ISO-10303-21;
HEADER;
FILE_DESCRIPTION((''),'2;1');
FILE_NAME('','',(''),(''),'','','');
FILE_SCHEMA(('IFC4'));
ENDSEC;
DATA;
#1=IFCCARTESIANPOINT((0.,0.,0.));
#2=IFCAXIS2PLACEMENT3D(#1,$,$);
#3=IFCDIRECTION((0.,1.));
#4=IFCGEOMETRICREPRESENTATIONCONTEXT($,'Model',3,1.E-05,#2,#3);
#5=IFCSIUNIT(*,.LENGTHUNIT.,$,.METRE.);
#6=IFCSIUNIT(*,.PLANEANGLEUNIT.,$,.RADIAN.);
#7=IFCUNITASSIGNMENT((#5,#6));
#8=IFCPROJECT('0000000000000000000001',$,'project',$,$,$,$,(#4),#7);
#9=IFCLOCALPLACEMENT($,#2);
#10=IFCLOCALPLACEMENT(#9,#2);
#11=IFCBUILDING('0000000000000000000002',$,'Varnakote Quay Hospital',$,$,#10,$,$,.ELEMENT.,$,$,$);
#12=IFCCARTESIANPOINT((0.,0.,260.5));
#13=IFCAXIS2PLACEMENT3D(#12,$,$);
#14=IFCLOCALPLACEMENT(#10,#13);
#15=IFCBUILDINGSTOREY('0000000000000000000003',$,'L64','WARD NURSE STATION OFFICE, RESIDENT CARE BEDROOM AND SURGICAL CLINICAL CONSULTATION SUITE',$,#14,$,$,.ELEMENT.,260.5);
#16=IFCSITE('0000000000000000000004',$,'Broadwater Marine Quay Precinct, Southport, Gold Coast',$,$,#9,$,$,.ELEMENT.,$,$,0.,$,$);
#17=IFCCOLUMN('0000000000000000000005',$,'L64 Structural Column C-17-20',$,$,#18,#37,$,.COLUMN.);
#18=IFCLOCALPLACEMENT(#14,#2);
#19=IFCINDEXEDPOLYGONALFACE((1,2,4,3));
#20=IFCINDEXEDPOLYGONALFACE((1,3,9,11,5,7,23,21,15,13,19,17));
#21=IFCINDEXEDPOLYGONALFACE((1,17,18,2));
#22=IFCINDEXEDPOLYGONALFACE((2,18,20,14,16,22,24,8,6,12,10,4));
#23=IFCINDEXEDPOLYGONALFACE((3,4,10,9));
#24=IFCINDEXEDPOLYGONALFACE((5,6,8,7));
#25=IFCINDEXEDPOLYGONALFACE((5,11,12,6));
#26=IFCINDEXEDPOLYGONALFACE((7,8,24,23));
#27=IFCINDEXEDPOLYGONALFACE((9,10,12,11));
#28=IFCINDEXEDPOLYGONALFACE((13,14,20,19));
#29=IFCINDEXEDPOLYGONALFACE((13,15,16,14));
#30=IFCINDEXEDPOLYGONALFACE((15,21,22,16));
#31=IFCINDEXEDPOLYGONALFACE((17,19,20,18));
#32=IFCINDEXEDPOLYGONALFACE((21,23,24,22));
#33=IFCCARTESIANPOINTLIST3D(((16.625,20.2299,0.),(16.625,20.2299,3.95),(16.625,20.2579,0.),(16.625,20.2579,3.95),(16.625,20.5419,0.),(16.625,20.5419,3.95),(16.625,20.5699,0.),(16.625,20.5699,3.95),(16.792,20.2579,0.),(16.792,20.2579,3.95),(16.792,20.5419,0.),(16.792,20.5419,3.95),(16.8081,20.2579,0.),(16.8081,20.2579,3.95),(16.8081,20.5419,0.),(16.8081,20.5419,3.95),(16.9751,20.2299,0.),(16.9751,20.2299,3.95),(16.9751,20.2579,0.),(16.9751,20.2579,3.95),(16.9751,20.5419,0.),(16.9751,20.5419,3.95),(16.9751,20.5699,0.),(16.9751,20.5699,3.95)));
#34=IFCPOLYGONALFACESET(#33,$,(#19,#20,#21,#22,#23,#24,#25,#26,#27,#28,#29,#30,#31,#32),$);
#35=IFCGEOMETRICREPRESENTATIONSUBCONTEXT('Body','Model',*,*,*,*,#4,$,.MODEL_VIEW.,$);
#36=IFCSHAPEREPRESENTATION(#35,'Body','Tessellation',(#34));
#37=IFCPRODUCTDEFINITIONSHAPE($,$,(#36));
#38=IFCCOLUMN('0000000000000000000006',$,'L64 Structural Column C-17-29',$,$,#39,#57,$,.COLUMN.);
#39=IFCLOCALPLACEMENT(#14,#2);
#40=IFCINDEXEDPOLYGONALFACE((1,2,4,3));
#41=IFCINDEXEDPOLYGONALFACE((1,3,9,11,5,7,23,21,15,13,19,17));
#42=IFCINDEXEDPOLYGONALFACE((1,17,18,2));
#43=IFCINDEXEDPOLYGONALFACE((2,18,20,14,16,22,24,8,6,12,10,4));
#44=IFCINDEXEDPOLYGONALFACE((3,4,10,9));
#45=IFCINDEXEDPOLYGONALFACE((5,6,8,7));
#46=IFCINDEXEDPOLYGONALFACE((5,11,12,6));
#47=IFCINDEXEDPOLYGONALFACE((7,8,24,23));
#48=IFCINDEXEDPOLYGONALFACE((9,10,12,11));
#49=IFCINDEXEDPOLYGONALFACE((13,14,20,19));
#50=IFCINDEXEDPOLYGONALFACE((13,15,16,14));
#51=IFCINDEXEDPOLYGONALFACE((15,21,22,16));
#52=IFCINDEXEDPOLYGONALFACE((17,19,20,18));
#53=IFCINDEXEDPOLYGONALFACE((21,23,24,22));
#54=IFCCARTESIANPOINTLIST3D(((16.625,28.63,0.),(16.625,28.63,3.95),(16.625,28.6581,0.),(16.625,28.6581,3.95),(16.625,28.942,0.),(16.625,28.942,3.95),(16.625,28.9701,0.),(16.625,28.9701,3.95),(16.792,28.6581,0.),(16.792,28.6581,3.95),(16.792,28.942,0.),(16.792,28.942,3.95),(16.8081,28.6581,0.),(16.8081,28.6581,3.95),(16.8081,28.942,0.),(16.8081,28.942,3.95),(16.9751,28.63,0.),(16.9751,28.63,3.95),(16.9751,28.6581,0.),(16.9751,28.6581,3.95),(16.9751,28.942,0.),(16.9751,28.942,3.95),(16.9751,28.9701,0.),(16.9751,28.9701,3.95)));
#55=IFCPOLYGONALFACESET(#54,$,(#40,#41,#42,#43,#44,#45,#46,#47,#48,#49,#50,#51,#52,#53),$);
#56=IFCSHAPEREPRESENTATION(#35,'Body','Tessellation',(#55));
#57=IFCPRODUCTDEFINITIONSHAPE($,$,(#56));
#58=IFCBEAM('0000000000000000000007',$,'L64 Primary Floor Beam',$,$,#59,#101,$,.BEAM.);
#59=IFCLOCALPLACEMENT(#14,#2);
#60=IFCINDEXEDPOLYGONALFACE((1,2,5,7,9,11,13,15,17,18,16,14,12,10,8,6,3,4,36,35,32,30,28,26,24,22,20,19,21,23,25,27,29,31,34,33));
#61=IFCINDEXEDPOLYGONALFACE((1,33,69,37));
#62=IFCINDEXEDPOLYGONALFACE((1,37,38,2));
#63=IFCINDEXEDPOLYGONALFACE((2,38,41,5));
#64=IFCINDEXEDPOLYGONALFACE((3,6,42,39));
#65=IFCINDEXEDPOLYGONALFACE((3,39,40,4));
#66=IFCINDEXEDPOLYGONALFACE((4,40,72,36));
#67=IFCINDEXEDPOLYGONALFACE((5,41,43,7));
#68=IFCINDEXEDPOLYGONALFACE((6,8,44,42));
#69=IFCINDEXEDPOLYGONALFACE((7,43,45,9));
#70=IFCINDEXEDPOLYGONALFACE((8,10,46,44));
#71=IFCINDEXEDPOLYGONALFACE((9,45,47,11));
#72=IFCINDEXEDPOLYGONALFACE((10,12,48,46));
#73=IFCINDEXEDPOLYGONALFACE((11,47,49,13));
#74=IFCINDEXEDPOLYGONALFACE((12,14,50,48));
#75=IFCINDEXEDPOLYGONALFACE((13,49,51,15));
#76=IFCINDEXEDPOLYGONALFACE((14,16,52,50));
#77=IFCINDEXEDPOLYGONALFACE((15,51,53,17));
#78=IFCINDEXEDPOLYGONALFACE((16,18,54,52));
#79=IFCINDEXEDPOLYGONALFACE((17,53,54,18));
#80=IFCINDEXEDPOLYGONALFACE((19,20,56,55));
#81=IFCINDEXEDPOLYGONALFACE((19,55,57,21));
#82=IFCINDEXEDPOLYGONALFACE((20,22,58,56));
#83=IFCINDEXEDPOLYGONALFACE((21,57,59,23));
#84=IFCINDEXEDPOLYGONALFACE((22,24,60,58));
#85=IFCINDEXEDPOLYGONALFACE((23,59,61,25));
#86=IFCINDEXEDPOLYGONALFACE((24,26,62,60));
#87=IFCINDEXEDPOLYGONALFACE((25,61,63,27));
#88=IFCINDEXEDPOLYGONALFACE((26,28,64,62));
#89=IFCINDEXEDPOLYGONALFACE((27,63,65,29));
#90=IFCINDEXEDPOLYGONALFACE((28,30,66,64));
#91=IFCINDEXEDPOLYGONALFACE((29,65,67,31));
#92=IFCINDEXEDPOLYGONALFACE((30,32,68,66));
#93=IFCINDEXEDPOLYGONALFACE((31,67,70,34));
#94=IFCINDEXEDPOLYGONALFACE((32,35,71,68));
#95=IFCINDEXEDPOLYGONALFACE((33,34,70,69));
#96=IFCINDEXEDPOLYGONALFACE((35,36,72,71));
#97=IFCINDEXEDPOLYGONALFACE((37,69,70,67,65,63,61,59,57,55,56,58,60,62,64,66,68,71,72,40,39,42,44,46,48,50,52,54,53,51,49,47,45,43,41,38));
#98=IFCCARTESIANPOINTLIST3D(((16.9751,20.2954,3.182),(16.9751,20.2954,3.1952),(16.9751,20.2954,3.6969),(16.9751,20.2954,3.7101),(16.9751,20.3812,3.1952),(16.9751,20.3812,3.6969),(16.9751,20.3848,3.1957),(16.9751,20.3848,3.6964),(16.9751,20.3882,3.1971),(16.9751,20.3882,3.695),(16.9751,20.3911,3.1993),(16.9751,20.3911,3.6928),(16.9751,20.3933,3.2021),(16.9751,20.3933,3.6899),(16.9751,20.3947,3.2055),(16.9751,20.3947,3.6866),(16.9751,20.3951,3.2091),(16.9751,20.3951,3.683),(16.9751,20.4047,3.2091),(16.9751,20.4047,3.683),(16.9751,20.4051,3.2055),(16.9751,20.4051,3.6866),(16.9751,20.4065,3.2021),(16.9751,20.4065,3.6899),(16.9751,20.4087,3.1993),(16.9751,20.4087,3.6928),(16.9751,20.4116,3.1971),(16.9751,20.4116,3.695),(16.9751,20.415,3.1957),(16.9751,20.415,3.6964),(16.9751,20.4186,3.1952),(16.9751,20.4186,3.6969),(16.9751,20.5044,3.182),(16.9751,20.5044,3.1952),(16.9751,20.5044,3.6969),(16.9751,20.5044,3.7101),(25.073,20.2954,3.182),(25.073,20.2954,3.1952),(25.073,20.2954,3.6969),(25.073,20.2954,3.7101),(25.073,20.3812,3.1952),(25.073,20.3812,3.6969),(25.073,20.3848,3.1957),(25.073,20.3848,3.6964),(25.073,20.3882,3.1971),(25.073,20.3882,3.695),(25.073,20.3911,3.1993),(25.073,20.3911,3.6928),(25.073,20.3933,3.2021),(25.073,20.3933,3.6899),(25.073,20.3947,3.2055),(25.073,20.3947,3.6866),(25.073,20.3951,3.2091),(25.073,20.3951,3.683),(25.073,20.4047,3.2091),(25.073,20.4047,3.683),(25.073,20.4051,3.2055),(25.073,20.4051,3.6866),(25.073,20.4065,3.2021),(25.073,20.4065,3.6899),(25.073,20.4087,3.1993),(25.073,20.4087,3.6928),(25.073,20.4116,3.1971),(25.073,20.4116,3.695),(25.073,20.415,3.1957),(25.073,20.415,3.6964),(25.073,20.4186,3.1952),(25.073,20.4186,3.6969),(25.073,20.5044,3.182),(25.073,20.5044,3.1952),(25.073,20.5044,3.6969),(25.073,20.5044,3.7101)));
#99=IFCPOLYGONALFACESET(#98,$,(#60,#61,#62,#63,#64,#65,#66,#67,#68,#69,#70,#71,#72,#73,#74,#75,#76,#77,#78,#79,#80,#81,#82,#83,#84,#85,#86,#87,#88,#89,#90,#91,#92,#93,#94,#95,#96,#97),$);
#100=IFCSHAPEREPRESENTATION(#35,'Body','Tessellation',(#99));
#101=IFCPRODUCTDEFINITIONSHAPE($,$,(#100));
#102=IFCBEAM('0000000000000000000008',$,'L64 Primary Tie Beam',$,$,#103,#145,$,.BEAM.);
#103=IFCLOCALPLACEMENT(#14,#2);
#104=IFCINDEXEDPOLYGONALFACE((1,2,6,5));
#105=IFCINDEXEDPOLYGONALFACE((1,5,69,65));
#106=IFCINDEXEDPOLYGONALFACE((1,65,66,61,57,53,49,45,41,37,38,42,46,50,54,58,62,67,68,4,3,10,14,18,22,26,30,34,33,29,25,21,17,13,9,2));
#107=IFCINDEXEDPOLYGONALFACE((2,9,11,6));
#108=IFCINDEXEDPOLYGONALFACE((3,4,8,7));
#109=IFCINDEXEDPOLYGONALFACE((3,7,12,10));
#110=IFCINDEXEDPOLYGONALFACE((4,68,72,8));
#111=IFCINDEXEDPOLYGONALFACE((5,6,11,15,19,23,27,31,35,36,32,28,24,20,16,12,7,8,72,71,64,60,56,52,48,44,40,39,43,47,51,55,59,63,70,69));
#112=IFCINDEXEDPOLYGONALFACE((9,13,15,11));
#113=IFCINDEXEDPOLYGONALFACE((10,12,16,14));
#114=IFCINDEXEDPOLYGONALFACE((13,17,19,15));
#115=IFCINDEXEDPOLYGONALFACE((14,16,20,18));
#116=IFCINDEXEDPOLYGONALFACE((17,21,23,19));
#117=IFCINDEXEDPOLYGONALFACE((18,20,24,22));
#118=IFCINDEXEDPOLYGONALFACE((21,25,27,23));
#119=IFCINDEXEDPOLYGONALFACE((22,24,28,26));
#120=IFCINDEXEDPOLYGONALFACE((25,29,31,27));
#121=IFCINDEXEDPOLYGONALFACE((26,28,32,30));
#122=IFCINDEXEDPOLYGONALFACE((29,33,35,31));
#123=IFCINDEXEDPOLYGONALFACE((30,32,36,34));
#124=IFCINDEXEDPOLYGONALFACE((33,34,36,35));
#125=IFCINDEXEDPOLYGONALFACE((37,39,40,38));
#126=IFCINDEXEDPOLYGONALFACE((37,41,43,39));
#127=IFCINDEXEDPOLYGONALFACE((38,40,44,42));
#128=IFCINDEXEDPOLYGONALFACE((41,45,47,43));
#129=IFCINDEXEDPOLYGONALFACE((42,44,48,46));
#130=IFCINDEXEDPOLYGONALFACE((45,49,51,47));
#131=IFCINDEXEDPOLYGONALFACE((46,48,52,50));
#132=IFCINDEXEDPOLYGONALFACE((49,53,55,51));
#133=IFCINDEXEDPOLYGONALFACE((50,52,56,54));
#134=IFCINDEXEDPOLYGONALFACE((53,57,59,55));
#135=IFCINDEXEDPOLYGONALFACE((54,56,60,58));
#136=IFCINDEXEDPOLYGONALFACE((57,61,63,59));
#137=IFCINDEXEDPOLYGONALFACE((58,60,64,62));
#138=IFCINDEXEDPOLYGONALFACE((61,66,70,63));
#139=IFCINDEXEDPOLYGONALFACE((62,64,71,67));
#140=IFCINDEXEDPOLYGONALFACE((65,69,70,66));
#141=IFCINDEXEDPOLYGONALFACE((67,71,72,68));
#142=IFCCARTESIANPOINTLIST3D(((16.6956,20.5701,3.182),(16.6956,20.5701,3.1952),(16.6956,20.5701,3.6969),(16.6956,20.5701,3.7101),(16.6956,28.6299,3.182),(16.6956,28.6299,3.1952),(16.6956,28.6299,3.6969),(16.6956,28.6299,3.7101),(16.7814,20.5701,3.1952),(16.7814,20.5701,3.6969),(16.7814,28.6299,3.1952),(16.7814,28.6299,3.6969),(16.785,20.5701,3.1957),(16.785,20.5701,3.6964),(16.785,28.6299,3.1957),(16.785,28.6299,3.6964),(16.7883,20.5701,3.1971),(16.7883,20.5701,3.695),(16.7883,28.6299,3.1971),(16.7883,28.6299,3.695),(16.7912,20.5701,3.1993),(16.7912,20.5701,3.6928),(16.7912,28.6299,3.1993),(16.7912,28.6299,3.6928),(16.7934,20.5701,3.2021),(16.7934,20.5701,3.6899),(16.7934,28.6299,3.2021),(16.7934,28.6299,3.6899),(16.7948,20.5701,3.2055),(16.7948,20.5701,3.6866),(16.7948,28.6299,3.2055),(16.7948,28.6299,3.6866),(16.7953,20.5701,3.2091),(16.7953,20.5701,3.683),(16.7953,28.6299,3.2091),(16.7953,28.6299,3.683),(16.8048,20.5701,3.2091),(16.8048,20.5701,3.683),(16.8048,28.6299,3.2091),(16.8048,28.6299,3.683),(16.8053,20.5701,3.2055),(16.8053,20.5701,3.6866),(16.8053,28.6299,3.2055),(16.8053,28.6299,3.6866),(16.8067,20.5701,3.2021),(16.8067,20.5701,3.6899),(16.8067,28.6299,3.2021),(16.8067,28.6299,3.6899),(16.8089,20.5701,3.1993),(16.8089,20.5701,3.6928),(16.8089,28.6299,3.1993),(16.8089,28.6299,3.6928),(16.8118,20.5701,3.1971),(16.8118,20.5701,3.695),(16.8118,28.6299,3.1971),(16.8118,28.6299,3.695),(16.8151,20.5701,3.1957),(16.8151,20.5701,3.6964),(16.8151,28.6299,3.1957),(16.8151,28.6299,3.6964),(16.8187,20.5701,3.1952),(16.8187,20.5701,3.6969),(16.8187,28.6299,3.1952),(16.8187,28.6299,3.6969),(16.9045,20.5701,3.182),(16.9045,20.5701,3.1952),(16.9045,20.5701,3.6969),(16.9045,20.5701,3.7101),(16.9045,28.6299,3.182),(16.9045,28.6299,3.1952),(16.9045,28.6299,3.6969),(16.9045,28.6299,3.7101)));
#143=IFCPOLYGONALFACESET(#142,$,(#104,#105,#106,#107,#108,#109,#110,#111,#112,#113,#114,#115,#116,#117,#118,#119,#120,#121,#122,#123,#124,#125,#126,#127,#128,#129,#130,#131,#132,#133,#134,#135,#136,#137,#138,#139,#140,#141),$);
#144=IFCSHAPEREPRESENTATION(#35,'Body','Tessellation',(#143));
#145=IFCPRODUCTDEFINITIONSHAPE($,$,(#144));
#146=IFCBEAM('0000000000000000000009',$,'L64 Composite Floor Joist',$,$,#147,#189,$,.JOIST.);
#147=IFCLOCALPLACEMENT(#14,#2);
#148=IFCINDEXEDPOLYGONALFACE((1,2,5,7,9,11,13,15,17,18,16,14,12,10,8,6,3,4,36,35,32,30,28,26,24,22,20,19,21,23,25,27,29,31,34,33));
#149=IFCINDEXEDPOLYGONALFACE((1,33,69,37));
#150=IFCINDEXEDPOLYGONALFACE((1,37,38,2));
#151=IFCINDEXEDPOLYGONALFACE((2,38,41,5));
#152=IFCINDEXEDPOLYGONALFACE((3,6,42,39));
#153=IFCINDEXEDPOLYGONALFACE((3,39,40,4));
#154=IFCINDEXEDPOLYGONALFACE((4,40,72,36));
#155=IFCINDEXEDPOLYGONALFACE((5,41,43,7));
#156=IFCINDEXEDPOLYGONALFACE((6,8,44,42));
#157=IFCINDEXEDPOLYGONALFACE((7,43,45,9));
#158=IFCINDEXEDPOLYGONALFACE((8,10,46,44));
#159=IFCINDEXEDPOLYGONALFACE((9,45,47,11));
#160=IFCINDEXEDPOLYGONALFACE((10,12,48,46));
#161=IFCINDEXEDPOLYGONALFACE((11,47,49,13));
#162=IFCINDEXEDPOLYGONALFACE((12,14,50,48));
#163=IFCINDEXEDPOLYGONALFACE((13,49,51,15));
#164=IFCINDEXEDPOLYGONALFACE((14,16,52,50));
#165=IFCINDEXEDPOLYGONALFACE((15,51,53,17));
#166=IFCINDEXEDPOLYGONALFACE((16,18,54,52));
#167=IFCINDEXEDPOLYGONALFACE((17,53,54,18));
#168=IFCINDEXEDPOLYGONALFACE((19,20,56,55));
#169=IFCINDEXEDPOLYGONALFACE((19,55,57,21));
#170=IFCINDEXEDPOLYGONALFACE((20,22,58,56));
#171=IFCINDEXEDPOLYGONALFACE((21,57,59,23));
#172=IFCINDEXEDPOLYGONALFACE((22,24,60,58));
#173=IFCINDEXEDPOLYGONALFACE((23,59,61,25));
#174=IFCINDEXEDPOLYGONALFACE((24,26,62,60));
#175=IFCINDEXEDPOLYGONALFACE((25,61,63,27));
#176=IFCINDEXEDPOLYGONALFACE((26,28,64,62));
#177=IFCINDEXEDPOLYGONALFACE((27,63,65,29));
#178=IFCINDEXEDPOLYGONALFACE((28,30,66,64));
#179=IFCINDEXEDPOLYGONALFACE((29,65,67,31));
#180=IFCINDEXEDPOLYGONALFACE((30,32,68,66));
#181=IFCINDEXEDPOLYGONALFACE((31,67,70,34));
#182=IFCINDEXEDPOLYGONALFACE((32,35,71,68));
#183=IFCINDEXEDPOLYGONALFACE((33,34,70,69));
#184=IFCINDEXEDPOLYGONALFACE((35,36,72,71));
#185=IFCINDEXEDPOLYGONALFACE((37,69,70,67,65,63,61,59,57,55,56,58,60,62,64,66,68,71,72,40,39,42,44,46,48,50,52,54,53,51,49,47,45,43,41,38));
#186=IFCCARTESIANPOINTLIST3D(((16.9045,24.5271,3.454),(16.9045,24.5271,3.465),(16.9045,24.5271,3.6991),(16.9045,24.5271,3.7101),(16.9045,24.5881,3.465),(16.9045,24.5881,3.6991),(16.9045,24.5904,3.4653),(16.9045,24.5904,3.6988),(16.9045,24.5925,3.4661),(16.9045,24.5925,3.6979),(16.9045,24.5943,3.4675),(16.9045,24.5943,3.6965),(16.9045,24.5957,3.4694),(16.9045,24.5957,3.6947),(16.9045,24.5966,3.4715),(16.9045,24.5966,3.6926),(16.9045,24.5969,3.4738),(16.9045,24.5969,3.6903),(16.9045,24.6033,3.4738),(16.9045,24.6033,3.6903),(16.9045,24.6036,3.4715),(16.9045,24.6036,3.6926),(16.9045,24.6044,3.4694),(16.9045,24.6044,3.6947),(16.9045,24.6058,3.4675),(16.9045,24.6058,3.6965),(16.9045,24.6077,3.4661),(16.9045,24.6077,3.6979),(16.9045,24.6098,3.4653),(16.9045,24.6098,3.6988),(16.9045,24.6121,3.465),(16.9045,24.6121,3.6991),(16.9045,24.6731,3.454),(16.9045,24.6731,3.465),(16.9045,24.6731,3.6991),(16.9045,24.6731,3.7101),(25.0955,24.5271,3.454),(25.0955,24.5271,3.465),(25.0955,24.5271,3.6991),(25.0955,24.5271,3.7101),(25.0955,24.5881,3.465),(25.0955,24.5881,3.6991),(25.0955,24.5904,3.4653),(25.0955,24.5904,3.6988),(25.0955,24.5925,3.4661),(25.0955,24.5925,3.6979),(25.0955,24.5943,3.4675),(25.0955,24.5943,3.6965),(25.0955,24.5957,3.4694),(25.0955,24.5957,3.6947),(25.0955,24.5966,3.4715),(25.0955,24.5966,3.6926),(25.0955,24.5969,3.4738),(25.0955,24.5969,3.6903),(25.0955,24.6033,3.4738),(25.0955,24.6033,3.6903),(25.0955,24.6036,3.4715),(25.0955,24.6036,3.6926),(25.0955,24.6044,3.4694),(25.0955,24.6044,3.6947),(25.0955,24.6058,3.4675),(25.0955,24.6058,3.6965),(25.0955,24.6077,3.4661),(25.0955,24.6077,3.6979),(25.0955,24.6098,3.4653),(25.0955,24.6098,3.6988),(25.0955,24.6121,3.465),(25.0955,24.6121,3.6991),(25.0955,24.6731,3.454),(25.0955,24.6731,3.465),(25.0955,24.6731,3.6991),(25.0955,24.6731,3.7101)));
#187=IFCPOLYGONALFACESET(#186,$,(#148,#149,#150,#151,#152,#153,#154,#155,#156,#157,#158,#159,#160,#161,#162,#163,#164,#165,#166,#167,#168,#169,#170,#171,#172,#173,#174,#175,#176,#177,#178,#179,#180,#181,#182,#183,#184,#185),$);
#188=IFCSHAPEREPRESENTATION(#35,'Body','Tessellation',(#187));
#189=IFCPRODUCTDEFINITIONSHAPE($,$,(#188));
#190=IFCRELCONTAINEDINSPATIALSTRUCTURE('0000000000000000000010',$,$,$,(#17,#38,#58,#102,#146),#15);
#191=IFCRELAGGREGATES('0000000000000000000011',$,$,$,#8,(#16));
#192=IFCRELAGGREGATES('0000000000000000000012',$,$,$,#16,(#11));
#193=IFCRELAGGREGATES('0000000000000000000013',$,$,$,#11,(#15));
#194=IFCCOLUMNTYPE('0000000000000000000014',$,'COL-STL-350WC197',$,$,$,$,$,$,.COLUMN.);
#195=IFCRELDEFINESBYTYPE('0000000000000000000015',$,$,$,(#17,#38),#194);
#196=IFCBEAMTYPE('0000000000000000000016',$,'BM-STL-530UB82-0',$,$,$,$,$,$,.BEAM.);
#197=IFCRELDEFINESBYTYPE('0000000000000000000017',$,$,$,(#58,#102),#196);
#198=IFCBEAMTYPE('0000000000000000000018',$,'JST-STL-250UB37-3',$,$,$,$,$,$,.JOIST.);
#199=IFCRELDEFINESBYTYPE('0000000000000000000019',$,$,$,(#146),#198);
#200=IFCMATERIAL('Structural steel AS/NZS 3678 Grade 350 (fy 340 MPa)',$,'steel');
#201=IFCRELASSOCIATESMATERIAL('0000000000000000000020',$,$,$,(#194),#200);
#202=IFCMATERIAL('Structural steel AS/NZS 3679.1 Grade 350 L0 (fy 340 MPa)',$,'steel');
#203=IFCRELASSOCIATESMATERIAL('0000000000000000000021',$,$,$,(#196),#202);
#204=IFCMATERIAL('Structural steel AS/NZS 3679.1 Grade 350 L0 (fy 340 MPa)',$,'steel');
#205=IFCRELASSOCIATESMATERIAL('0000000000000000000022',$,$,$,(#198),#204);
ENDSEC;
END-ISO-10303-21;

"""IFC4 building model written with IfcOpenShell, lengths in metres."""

from ifc_helpers import new_model, si_unit, direction, frame, origin, origin_2d, place, context, subcontext, project, spatial, i_section, extrude, material, material_profile, profile_set, type_object, element, save


model = new_model("IFC4")

# Units and contexts
model_context = context("Model", 3, precision=1e-05, world=origin(), true_north=direction((0.0, 1.0)))
body_context = subcontext(model_context, "Body", "Model", "MODEL_VIEW")
ifc_project = project(units=[si_unit("LENGTHUNIT", "METRE"), si_unit("PLANEANGLEUNIT", "RADIAN")], contexts=[model_context])

# Site, building, storey
site_placement = place(None, origin())
site = spatial("IfcSite", under=ifc_project, at=site_placement, Name="Broadwater Marine Quay Precinct, Southport, Gold Coast", CompositionType="ELEMENT", RefElevation=0.0)
building_placement = place(site_placement, origin())
building = spatial("IfcBuilding", under=site, at=building_placement, Name="Varnakote Quay Hospital", CompositionType="ELEMENT")
storey_placement = place(building_placement, frame((0.0, 0.0, 260.5)))
storey = spatial("IfcBuildingStorey", under=building, at=storey_placement, Name="L64", Description="WARD NURSE STATION OFFICE, RESIDENT CARE BEDROOM AND SURGICAL CLINICAL CONSULTATION SUITE", CompositionType="ELEMENT", Elevation=260.5)

# Columns
ifc_material_1 = material(Name="Structural steel AS/NZS 3678 Grade 350 (fy 340 MPa)", Category="steel")
ifc_material_profile_1 = material_profile(ifc_material_1, i_section(OverallWidth=0.3501, OverallDepth=0.3401, WebThickness=0.0161, FlangeThickness=0.0281, at=origin_2d()), Name="350WC197")
ifc_profile_set_1 = profile_set([ifc_material_profile_1], Name="Structural steel AS/NZS 3678 Grade 350 (fy 340 MPa)")
column_type = type_object("IfcColumnType", Name="COL-STL-350WC197", PredefinedType="COLUMN", material=ifc_profile_set_1)
for number, where, z_axis, x_axis, name in (
    (1, (16.8, 20.3999, 0.0), (0.0, 0.0, 1.0), (1.0, 0.0, 0.0), "L64 Structural Column C-17-20"),
    (2, (16.8, 28.8, 0.0), (0.0, 0.0, 1.0), (1.0, 0.0, 0.0), "L64 Structural Column C-17-29"),
):
    element("IfcColumn", number, at=place(storey_placement, frame(where, z_axis=z_axis, x_axis=x_axis)), inside=storey, type_object=column_type, Name=name, PredefinedType="COLUMN", context=body_context, shape_type="SweptSolid", body=[
        extrude(i_section(OverallWidth=0.3501, OverallDepth=0.3401, WebThickness=0.0161, FlangeThickness=0.0281, at=origin_2d()), origin(), (0.0, 0.0, 1.0), 3.95),
    ])

# Beams
ifc_material_2 = material(Name="Structural steel AS/NZS 3679.1 Grade 350 L0 (fy 340 MPa)", Category="steel")
ifc_material_profile_2 = material_profile(ifc_material_2, i_section(OverallWidth=0.209, OverallDepth=0.5281, WebThickness=0.0095, FlangeThickness=0.0132, FilletRadius=0.0139, at=origin_2d()), Name="530UB82.0")
ifc_profile_set_2 = profile_set([ifc_material_profile_2], Name="Structural steel AS/NZS 3679.1 Grade 350 L0 (fy 340 MPa)")
beam_type_1 = type_object("IfcBeamType", Name="BM-STL-530UB82-0", PredefinedType="BEAM", material=ifc_profile_set_2)
beam_1_placement = place(storey_placement, frame((16.9751, 20.3999, 3.446), z_axis=(1.0, 0.0, 0.0), x_axis=(0.0, 1.0, 0.0)))
element("IfcBeam", 3, at=beam_1_placement, inside=storey, type_object=beam_type_1, Name="L64 Primary Floor Beam", PredefinedType="BEAM", context=body_context, shape_type="SweptSolid", body=[
    extrude(i_section(OverallWidth=0.209, OverallDepth=0.5281, WebThickness=0.0095, FlangeThickness=0.0132, FilletRadius=0.0139, at=origin_2d()), origin(), (0.0, 0.0, 1.0), 8.0979),
])
beam_2_placement = place(storey_placement, frame((16.8, 20.5701, 3.446), z_axis=(0.0, 1.0, 0.0), x_axis=(-1.0, 0.0, 0.0)))
element("IfcBeam", 4, at=beam_2_placement, inside=storey, type_object=beam_type_1, Name="L64 Primary Tie Beam", PredefinedType="BEAM", context=body_context, shape_type="SweptSolid", body=[
    extrude(i_section(OverallWidth=0.209, OverallDepth=0.5281, WebThickness=0.0095, FlangeThickness=0.0132, FilletRadius=0.0139, at=origin_2d()), origin(), (0.0, 0.0, 1.0), 8.0598),
])
ifc_material_3 = material(Name="Structural steel AS/NZS 3679.1 Grade 350 L0 (fy 340 MPa)", Category="steel")
ifc_material_profile_3 = material_profile(ifc_material_3, i_section(OverallWidth=0.146, OverallDepth=0.2561, WebThickness=0.0063, FlangeThickness=0.011, FilletRadius=0.0088, at=origin_2d()), Name="250UB37.3")
ifc_profile_set_3 = profile_set([ifc_material_profile_3], Name="Structural steel AS/NZS 3679.1 Grade 350 L0 (fy 340 MPa)")
beam_type_2 = type_object("IfcBeamType", Name="JST-STL-250UB37-3", PredefinedType="JOIST", material=ifc_profile_set_3)
beam_3_placement = place(storey_placement, frame((16.9045, 24.6001, 3.582), z_axis=(1.0, 0.0, 0.0), x_axis=(0.0, 1.0, 0.0)))
element("IfcBeam", 5, at=beam_3_placement, inside=storey, type_object=beam_type_2, Name="L64 Composite Floor Joist", PredefinedType="JOIST", context=body_context, shape_type="SweptSolid", body=[
    extrude(i_section(OverallWidth=0.146, OverallDepth=0.2561, WebThickness=0.0063, FlangeThickness=0.011, FilletRadius=0.0088, at=origin_2d()), origin(), (0.0, 0.0, 1.0), 8.1909),
])

save(model, "model.ifc")
